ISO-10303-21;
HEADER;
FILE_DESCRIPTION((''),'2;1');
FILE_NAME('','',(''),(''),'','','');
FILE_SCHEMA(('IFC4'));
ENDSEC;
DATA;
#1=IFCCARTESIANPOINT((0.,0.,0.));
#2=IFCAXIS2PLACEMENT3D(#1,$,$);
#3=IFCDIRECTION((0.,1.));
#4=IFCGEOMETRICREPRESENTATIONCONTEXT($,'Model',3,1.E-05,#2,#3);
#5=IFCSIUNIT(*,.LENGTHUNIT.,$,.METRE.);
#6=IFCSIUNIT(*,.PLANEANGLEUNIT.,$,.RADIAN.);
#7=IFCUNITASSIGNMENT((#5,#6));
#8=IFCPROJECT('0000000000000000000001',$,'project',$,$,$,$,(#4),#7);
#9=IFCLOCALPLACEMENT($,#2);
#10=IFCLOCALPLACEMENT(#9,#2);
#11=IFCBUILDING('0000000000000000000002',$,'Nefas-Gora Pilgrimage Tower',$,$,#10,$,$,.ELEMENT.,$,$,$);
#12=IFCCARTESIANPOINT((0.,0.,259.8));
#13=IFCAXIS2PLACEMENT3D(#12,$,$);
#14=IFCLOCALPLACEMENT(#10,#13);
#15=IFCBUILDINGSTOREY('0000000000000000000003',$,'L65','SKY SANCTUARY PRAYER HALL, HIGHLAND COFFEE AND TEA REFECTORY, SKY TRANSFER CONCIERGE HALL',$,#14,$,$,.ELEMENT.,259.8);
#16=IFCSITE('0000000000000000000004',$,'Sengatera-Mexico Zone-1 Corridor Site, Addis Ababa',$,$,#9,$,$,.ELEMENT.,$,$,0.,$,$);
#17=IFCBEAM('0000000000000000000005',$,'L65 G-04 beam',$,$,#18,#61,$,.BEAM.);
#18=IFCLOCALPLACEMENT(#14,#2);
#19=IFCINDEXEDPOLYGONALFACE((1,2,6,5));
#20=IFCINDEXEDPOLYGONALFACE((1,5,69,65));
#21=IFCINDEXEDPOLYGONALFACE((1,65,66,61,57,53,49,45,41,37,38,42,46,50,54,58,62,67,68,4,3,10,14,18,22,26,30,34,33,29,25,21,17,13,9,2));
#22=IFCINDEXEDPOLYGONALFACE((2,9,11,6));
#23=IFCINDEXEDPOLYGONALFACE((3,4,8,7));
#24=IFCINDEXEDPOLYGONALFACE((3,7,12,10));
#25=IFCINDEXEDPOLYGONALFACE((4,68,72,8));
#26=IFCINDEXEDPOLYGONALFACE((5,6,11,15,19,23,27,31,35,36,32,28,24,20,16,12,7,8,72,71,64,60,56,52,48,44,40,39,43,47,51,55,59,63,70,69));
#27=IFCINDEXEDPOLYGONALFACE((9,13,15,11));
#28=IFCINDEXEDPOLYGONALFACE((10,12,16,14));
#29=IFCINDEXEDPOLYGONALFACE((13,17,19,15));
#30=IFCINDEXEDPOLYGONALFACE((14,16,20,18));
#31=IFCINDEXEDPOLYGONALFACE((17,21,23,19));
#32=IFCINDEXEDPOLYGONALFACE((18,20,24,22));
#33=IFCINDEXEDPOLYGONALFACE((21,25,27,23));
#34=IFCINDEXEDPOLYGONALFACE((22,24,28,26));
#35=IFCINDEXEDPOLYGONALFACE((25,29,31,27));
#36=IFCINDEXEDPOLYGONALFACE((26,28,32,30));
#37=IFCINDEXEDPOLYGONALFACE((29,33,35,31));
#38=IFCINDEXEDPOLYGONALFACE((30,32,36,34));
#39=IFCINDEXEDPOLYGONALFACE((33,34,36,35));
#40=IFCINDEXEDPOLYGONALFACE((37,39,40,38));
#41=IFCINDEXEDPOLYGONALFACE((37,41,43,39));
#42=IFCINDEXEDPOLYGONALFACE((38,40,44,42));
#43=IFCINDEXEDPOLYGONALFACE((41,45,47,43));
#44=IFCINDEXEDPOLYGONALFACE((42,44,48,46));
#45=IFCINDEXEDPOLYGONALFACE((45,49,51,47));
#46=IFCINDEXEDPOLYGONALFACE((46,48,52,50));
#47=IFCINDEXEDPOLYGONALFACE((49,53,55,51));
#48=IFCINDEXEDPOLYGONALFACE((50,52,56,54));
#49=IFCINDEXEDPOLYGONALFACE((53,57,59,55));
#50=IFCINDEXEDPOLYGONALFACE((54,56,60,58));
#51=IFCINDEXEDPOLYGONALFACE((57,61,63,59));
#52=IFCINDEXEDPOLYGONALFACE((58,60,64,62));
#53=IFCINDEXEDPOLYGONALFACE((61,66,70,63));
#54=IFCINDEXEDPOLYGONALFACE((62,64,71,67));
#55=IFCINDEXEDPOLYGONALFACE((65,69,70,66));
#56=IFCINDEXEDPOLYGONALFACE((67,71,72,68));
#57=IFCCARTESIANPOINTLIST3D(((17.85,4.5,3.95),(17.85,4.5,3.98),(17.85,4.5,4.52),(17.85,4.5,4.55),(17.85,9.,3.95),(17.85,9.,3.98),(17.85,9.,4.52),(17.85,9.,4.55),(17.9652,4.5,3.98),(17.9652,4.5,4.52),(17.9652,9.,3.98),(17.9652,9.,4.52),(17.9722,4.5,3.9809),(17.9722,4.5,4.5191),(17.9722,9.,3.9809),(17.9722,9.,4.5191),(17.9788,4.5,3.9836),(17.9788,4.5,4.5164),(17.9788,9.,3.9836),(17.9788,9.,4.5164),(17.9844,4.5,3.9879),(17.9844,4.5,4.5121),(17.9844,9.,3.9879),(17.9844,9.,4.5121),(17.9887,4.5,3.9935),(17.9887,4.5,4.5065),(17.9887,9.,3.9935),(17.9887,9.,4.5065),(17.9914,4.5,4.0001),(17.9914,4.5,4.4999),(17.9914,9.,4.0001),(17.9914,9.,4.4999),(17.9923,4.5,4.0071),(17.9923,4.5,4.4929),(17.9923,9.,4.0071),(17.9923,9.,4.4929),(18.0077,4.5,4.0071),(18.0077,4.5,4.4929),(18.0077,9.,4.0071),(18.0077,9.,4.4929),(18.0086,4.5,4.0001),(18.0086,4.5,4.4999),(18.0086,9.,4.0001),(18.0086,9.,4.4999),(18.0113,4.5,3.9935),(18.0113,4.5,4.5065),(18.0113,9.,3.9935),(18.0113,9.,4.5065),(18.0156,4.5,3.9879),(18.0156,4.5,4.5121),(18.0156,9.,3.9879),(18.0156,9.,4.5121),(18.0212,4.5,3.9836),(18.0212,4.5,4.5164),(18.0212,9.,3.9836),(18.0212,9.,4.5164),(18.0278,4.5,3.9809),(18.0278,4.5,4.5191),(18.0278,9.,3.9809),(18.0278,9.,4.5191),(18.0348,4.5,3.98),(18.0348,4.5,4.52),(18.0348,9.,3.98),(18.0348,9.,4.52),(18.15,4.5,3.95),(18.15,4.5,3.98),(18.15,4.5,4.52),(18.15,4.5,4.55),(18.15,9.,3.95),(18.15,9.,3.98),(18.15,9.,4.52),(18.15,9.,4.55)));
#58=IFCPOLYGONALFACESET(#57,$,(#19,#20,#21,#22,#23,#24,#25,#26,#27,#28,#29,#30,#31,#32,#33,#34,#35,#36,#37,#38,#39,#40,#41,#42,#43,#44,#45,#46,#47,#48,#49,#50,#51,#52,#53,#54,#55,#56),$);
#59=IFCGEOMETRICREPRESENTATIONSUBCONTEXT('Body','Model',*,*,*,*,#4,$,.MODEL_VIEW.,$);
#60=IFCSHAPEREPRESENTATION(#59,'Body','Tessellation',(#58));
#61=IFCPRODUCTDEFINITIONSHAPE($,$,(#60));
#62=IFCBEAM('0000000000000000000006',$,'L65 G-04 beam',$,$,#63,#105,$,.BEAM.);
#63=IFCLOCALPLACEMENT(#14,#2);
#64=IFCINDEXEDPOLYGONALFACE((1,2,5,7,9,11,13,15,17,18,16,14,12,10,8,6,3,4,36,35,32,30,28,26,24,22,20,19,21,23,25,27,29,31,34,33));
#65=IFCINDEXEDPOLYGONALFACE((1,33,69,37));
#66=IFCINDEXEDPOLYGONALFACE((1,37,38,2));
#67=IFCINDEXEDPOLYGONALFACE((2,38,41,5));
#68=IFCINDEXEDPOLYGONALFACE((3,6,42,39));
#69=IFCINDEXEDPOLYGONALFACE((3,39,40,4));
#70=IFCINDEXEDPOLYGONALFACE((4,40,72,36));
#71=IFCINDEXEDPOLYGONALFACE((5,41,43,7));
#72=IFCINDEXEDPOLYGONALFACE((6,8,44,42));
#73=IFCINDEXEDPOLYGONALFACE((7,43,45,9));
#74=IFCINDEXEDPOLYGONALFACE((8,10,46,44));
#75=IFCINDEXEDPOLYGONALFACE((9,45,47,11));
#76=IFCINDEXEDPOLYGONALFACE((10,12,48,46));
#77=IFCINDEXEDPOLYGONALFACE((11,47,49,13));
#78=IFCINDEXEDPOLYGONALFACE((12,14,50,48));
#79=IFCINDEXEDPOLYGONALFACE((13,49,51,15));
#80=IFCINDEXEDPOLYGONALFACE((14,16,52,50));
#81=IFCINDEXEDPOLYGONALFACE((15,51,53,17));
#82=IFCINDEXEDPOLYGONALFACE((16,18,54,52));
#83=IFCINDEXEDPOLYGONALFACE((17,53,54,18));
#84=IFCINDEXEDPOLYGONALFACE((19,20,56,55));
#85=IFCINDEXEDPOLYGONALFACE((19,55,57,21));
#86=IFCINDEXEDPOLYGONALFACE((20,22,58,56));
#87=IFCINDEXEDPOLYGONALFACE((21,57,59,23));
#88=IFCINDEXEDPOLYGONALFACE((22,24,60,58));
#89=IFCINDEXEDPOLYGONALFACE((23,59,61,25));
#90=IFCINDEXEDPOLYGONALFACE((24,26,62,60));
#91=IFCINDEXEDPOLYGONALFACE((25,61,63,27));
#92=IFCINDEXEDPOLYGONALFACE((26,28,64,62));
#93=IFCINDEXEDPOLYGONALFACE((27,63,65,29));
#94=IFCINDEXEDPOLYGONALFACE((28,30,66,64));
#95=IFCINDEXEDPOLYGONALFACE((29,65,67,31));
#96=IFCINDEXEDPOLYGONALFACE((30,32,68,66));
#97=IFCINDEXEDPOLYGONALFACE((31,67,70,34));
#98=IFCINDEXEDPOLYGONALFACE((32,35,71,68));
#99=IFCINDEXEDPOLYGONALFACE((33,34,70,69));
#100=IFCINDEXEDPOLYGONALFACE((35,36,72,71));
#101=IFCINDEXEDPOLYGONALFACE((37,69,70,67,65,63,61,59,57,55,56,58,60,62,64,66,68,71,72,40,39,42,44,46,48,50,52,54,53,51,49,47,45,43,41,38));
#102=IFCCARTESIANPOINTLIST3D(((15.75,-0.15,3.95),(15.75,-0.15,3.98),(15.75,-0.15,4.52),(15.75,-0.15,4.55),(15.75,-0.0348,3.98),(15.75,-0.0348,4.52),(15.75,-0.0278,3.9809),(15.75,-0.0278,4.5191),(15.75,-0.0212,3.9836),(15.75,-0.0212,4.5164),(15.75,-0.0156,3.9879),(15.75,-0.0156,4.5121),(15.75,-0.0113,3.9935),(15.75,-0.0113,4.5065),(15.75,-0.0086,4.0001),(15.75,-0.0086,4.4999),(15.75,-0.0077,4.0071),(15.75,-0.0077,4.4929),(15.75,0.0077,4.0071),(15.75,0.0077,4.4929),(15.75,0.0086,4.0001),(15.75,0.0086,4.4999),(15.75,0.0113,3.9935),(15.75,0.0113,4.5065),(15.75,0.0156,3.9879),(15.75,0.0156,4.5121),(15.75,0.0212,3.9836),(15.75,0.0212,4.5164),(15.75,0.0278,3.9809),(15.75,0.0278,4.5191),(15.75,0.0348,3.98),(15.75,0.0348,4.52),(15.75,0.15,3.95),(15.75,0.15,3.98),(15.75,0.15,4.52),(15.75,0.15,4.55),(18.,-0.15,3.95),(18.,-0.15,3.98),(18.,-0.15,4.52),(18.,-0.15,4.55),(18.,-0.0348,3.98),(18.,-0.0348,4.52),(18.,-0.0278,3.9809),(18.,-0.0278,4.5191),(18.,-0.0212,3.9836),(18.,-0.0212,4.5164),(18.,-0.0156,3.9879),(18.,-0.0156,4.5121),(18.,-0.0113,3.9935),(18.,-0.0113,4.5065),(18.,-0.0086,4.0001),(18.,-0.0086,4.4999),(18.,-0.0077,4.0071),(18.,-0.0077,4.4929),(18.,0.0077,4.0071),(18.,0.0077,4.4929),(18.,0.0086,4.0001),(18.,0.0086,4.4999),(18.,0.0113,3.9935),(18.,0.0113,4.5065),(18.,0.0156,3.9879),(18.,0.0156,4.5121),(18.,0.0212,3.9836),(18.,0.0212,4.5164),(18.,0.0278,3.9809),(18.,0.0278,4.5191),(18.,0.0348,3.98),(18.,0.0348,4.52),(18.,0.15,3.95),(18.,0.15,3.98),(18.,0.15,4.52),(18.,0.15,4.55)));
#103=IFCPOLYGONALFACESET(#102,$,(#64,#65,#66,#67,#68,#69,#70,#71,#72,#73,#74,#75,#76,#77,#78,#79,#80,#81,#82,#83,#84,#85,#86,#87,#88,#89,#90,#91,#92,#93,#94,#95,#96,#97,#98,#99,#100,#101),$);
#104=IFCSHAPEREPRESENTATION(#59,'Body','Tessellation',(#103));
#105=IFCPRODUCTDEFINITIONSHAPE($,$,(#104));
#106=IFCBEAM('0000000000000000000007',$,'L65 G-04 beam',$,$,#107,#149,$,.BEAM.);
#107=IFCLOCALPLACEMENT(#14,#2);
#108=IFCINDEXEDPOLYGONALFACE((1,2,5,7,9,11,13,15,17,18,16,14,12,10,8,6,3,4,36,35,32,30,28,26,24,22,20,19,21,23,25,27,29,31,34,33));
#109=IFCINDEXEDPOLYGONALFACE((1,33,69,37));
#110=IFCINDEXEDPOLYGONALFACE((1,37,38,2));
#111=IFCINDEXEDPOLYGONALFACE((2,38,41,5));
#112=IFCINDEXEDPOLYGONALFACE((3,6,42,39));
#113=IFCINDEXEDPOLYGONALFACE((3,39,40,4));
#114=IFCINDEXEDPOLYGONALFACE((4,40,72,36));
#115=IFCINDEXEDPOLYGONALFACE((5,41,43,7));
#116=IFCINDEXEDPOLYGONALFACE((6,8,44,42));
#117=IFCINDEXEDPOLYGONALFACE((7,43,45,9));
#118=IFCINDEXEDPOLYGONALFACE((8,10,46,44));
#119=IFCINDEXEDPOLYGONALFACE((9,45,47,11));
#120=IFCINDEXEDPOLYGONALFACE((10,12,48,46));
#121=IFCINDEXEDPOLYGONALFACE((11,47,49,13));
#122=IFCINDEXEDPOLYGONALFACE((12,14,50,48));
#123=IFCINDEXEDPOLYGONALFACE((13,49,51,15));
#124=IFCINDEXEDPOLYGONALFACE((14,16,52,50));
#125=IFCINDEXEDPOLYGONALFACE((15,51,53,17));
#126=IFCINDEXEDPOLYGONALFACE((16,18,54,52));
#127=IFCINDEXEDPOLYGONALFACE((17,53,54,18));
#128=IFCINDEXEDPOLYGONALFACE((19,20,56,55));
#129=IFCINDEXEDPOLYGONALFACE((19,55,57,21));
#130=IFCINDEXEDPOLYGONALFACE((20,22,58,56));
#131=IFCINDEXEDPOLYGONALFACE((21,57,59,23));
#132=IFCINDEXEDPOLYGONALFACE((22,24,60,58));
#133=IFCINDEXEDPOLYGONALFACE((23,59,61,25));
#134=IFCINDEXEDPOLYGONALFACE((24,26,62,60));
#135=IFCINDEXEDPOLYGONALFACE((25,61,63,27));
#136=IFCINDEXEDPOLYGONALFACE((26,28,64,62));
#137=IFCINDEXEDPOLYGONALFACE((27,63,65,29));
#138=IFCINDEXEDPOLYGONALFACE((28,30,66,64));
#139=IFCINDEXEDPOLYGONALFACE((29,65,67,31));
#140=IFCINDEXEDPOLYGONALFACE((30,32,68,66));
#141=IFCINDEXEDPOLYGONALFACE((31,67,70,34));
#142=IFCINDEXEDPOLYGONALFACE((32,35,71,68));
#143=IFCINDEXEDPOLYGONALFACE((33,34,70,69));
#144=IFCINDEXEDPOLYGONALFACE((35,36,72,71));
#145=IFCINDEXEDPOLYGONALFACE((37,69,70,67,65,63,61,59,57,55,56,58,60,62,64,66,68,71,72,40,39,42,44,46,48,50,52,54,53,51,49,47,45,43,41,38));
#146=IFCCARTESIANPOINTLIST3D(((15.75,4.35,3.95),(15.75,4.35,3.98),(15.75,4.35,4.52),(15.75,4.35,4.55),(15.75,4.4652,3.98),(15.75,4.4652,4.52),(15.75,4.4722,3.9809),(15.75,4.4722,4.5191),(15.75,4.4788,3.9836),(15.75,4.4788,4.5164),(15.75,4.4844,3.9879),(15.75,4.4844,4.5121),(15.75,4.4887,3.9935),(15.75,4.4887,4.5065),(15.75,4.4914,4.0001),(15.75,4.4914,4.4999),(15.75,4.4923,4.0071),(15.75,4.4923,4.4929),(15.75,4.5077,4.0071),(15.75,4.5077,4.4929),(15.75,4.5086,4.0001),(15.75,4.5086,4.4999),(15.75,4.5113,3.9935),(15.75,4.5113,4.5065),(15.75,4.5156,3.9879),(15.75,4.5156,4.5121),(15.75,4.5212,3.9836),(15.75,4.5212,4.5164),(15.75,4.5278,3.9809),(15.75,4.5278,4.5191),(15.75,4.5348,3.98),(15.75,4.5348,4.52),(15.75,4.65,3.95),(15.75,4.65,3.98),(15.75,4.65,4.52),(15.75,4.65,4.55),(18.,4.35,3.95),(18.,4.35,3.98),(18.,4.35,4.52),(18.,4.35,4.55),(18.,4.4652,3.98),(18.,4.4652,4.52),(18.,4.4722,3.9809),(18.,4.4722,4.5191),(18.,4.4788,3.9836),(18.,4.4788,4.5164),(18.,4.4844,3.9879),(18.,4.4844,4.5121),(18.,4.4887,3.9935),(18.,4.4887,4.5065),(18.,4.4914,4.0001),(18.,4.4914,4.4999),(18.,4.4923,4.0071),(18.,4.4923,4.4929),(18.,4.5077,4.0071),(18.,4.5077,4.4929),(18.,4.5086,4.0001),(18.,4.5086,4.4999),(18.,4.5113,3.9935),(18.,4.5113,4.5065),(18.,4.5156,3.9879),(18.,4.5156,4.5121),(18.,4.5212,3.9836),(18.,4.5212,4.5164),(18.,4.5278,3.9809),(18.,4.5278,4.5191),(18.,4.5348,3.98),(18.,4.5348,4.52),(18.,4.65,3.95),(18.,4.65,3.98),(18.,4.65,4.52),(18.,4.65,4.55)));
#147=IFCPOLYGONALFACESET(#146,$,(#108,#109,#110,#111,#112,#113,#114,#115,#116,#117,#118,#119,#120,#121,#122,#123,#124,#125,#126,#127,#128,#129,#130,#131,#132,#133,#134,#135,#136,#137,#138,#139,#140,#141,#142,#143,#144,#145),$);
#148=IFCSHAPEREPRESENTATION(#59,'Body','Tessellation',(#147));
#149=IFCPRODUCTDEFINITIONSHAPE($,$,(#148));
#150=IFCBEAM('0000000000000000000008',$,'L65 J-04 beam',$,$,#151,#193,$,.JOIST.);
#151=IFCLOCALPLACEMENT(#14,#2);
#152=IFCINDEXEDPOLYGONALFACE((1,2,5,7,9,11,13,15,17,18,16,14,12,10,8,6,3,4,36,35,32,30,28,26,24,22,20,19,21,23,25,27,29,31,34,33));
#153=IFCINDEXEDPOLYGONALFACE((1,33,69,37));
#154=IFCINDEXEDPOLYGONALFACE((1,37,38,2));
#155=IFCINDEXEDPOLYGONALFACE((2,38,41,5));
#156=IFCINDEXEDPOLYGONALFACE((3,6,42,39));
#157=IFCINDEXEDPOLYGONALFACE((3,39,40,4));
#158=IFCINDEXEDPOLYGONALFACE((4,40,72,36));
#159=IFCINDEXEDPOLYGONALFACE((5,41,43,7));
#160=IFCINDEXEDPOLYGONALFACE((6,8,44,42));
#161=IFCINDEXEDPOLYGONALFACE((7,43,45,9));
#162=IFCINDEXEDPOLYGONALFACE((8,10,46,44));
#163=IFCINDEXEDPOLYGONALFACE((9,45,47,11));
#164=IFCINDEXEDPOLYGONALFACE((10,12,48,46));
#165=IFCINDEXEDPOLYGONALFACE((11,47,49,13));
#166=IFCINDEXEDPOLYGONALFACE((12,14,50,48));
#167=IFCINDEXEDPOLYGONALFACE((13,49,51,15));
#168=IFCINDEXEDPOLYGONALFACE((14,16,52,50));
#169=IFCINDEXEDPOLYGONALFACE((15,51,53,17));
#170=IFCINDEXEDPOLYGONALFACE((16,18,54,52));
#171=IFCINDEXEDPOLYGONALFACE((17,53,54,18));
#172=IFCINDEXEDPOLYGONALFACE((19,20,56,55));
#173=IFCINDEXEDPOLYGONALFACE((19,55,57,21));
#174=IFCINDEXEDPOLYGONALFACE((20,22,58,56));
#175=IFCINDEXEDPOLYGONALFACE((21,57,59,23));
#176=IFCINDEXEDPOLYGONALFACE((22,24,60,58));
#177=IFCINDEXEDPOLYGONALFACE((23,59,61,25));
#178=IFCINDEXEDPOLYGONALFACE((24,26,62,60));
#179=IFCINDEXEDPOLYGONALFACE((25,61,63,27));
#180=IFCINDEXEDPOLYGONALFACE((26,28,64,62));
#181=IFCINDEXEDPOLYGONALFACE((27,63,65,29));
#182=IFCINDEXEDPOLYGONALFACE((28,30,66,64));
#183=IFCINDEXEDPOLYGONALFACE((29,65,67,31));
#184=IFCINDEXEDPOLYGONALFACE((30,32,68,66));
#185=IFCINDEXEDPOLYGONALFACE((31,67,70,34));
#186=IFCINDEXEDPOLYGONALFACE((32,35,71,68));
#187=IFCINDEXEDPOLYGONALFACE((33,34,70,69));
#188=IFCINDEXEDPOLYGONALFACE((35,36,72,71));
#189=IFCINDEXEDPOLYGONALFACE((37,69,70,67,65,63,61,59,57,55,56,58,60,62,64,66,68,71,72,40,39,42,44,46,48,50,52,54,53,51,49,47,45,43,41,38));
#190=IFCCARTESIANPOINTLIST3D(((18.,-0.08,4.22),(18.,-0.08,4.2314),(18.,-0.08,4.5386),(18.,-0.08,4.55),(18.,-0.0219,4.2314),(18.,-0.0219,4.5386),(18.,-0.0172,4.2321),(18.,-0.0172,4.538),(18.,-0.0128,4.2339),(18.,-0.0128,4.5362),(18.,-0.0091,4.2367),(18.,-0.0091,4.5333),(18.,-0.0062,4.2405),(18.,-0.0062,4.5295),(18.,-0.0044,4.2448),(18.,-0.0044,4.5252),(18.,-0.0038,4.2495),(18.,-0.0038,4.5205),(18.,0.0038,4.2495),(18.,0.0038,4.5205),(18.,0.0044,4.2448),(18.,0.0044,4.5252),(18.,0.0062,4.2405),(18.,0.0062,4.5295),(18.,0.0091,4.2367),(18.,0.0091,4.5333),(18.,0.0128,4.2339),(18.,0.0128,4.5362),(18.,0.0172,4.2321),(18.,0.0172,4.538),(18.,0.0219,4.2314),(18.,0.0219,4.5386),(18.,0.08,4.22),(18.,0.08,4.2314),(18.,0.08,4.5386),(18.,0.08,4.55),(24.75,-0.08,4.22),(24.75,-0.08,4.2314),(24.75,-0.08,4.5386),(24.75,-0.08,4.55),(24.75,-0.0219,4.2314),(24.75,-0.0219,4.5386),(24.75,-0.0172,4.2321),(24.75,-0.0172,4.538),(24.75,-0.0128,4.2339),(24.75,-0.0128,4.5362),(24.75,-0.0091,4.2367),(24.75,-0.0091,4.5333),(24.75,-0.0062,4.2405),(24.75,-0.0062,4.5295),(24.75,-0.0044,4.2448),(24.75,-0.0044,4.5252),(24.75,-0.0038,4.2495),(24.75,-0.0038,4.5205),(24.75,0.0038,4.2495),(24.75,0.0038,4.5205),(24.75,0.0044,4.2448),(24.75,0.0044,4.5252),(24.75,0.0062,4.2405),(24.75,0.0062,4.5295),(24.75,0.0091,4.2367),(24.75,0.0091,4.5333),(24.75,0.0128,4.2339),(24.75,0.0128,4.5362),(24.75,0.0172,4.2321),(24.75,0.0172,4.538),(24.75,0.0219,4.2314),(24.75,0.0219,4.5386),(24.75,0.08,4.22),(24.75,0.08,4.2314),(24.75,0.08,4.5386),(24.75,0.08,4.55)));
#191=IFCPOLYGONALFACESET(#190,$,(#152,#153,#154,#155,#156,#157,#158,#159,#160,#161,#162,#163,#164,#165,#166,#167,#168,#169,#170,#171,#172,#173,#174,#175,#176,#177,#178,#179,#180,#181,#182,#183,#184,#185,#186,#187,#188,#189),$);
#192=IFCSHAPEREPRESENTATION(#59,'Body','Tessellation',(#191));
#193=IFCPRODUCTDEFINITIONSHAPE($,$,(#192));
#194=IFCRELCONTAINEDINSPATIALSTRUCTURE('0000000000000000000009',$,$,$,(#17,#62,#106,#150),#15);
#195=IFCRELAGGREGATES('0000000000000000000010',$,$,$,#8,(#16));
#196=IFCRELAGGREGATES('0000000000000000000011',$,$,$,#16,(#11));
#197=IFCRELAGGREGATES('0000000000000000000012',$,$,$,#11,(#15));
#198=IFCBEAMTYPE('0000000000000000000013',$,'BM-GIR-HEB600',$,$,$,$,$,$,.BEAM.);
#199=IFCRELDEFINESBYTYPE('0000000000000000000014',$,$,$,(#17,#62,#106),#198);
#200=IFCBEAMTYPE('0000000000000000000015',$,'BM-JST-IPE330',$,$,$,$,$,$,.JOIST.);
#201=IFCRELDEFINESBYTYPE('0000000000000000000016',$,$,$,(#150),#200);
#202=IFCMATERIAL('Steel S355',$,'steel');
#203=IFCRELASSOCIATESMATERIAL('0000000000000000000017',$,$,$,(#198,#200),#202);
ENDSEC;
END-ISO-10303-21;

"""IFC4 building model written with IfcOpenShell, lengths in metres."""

from ifc_helpers import new_model, si_unit, direction, frame, origin, origin_2d, place, context, subcontext, project, spatial, i_section, extrude, source, transform, mapped, material, material_profile, profile_set, type_object, element, save


model = new_model("IFC4")

# Units and contexts
model_context = context("Model", 3, precision=1e-05, world=origin(), true_north=direction((0.0, 1.0)))
body_context = subcontext(model_context, "Body", "Model", "MODEL_VIEW")
ifc_project = project(units=[si_unit("LENGTHUNIT", "METRE"), si_unit("PLANEANGLEUNIT", "RADIAN")], contexts=[model_context])

# Site, building, storey
site_placement = place(None, origin())
site = spatial("IfcSite", under=ifc_project, at=site_placement, Name="Sengatera-Mexico Zone-1 Corridor Site, Addis Ababa", CompositionType="ELEMENT", RefElevation=0.0)
building_placement = place(site_placement, origin())
building = spatial("IfcBuilding", under=site, at=building_placement, Name="Nefas-Gora Pilgrimage Tower", CompositionType="ELEMENT")
storey_placement = place(building_placement, frame((0.0, 0.0, 259.8)))
storey = spatial("IfcBuildingStorey", under=building, at=storey_placement, Name="L65", Description="SKY SANCTUARY PRAYER HALL, HIGHLAND COFFEE AND TEA REFECTORY, SKY TRANSFER CONCIERGE HALL", CompositionType="ELEMENT", Elevation=259.8)

# Beams
ifc_material_1 = material(Name="Steel S355", Category="steel")
ifc_material_profile_1 = material_profile(ifc_material_1, i_section(OverallWidth=0.3, OverallDepth=0.6001, WebThickness=0.0154, FlangeThickness=0.03, FilletRadius=0.0271, at=origin_2d()), Name="HEB 600")
ifc_profile_set_1 = profile_set([ifc_material_profile_1], Name="Steel S355")
beam_type_1 = type_object("IfcBeamType", Name="BM-GIR-HEB600", PredefinedType="BEAM", material=ifc_profile_set_1)
shared_shape_1 = source(origin(), body_context, "Body", "SweptSolid", [
    extrude(i_section(OverallWidth=0.3, OverallDepth=0.6001, WebThickness=0.0154, FlangeThickness=0.03, FilletRadius=0.0271, at=origin_2d()), origin(), (0.0, 0.0, 1.0), 4.5),
])
for number, where, z_axis, x_axis, name in (
    (1, (18.0, 4.5, 4.25), (0.0, 1.0, 0.0), (-1.0, 0.0, 0.0), "L65 G-04 beam"),
):
    element("IfcBeam", number, at=place(storey_placement, frame(where, z_axis=z_axis, x_axis=x_axis)), inside=storey, type_object=beam_type_1, Name=name, PredefinedType="BEAM", context=body_context, shape_type="MappedRepresentation", body=[
        mapped(shared_shape_1, transform((0.0, 0.0, 0.0), x_axis=(1.0, 0.0, 0.0), y_axis=(0.0, 1.0, 0.0), z_axis=(0.0, 0.0, 1.0), scale=1.0)),
    ])
shared_shape_2 = source(origin(), body_context, "Body", "SweptSolid", [
    extrude(i_section(OverallWidth=0.3, OverallDepth=0.6001, WebThickness=0.0154, FlangeThickness=0.03, FilletRadius=0.0271, at=origin_2d()), origin(), (0.0, 0.0, 1.0), 2.25),
])
for number, where, z_axis, x_axis, name in (
    (2, (15.75, 0.0, 4.25), (1.0, 0.0, 0.0), (0.0, 1.0, 0.0), "L65 G-04 beam"),
    (3, (15.75, 4.5, 4.25), (1.0, 0.0, 0.0), (0.0, 1.0, 0.0), "L65 G-04 beam"),
):
    element("IfcBeam", number, at=place(storey_placement, frame(where, z_axis=z_axis, x_axis=x_axis)), inside=storey, type_object=beam_type_1, Name=name, PredefinedType="BEAM", context=body_context, shape_type="MappedRepresentation", body=[
        mapped(shared_shape_2, transform((0.0, 0.0, 0.0), x_axis=(1.0, 0.0, 0.0), y_axis=(0.0, 1.0, 0.0), z_axis=(0.0, 0.0, 1.0), scale=1.0)),
    ])
ifc_material_profile_2 = material_profile(ifc_material_1, i_section(OverallWidth=0.1599, OverallDepth=0.3301, WebThickness=0.0076, FlangeThickness=0.0115, FilletRadius=0.0181, at=origin_2d()), Name="IPE 330")
ifc_profile_set_2 = profile_set([ifc_material_profile_2], Name="Steel S355")
beam_type_2 = type_object("IfcBeamType", Name="BM-JST-IPE330", PredefinedType="JOIST", material=ifc_profile_set_2)
shared_shape_3 = source(origin(), body_context, "Body", "SweptSolid", [
    extrude(i_section(OverallWidth=0.1599, OverallDepth=0.3301, WebThickness=0.0076, FlangeThickness=0.0115, FilletRadius=0.0181, at=origin_2d()), origin(), (0.0, 0.0, 1.0), 6.75),
])
beam_placement = place(storey_placement, frame((18.0, 0.0, 4.385), z_axis=(1.0, 0.0, 0.0), x_axis=(0.0, 1.0, 0.0)))
element("IfcBeam", 4, at=beam_placement, inside=storey, type_object=beam_type_2, Name="L65 J-04 beam", PredefinedType="JOIST", context=body_context, shape_type="MappedRepresentation", body=[
    mapped(shared_shape_3, transform((0.0, 0.0, 0.0), x_axis=(1.0, 0.0, 0.0), y_axis=(0.0, 1.0, 0.0), z_axis=(0.0, 0.0, 1.0), scale=1.0)),
])

save(model, "model.ifc")
